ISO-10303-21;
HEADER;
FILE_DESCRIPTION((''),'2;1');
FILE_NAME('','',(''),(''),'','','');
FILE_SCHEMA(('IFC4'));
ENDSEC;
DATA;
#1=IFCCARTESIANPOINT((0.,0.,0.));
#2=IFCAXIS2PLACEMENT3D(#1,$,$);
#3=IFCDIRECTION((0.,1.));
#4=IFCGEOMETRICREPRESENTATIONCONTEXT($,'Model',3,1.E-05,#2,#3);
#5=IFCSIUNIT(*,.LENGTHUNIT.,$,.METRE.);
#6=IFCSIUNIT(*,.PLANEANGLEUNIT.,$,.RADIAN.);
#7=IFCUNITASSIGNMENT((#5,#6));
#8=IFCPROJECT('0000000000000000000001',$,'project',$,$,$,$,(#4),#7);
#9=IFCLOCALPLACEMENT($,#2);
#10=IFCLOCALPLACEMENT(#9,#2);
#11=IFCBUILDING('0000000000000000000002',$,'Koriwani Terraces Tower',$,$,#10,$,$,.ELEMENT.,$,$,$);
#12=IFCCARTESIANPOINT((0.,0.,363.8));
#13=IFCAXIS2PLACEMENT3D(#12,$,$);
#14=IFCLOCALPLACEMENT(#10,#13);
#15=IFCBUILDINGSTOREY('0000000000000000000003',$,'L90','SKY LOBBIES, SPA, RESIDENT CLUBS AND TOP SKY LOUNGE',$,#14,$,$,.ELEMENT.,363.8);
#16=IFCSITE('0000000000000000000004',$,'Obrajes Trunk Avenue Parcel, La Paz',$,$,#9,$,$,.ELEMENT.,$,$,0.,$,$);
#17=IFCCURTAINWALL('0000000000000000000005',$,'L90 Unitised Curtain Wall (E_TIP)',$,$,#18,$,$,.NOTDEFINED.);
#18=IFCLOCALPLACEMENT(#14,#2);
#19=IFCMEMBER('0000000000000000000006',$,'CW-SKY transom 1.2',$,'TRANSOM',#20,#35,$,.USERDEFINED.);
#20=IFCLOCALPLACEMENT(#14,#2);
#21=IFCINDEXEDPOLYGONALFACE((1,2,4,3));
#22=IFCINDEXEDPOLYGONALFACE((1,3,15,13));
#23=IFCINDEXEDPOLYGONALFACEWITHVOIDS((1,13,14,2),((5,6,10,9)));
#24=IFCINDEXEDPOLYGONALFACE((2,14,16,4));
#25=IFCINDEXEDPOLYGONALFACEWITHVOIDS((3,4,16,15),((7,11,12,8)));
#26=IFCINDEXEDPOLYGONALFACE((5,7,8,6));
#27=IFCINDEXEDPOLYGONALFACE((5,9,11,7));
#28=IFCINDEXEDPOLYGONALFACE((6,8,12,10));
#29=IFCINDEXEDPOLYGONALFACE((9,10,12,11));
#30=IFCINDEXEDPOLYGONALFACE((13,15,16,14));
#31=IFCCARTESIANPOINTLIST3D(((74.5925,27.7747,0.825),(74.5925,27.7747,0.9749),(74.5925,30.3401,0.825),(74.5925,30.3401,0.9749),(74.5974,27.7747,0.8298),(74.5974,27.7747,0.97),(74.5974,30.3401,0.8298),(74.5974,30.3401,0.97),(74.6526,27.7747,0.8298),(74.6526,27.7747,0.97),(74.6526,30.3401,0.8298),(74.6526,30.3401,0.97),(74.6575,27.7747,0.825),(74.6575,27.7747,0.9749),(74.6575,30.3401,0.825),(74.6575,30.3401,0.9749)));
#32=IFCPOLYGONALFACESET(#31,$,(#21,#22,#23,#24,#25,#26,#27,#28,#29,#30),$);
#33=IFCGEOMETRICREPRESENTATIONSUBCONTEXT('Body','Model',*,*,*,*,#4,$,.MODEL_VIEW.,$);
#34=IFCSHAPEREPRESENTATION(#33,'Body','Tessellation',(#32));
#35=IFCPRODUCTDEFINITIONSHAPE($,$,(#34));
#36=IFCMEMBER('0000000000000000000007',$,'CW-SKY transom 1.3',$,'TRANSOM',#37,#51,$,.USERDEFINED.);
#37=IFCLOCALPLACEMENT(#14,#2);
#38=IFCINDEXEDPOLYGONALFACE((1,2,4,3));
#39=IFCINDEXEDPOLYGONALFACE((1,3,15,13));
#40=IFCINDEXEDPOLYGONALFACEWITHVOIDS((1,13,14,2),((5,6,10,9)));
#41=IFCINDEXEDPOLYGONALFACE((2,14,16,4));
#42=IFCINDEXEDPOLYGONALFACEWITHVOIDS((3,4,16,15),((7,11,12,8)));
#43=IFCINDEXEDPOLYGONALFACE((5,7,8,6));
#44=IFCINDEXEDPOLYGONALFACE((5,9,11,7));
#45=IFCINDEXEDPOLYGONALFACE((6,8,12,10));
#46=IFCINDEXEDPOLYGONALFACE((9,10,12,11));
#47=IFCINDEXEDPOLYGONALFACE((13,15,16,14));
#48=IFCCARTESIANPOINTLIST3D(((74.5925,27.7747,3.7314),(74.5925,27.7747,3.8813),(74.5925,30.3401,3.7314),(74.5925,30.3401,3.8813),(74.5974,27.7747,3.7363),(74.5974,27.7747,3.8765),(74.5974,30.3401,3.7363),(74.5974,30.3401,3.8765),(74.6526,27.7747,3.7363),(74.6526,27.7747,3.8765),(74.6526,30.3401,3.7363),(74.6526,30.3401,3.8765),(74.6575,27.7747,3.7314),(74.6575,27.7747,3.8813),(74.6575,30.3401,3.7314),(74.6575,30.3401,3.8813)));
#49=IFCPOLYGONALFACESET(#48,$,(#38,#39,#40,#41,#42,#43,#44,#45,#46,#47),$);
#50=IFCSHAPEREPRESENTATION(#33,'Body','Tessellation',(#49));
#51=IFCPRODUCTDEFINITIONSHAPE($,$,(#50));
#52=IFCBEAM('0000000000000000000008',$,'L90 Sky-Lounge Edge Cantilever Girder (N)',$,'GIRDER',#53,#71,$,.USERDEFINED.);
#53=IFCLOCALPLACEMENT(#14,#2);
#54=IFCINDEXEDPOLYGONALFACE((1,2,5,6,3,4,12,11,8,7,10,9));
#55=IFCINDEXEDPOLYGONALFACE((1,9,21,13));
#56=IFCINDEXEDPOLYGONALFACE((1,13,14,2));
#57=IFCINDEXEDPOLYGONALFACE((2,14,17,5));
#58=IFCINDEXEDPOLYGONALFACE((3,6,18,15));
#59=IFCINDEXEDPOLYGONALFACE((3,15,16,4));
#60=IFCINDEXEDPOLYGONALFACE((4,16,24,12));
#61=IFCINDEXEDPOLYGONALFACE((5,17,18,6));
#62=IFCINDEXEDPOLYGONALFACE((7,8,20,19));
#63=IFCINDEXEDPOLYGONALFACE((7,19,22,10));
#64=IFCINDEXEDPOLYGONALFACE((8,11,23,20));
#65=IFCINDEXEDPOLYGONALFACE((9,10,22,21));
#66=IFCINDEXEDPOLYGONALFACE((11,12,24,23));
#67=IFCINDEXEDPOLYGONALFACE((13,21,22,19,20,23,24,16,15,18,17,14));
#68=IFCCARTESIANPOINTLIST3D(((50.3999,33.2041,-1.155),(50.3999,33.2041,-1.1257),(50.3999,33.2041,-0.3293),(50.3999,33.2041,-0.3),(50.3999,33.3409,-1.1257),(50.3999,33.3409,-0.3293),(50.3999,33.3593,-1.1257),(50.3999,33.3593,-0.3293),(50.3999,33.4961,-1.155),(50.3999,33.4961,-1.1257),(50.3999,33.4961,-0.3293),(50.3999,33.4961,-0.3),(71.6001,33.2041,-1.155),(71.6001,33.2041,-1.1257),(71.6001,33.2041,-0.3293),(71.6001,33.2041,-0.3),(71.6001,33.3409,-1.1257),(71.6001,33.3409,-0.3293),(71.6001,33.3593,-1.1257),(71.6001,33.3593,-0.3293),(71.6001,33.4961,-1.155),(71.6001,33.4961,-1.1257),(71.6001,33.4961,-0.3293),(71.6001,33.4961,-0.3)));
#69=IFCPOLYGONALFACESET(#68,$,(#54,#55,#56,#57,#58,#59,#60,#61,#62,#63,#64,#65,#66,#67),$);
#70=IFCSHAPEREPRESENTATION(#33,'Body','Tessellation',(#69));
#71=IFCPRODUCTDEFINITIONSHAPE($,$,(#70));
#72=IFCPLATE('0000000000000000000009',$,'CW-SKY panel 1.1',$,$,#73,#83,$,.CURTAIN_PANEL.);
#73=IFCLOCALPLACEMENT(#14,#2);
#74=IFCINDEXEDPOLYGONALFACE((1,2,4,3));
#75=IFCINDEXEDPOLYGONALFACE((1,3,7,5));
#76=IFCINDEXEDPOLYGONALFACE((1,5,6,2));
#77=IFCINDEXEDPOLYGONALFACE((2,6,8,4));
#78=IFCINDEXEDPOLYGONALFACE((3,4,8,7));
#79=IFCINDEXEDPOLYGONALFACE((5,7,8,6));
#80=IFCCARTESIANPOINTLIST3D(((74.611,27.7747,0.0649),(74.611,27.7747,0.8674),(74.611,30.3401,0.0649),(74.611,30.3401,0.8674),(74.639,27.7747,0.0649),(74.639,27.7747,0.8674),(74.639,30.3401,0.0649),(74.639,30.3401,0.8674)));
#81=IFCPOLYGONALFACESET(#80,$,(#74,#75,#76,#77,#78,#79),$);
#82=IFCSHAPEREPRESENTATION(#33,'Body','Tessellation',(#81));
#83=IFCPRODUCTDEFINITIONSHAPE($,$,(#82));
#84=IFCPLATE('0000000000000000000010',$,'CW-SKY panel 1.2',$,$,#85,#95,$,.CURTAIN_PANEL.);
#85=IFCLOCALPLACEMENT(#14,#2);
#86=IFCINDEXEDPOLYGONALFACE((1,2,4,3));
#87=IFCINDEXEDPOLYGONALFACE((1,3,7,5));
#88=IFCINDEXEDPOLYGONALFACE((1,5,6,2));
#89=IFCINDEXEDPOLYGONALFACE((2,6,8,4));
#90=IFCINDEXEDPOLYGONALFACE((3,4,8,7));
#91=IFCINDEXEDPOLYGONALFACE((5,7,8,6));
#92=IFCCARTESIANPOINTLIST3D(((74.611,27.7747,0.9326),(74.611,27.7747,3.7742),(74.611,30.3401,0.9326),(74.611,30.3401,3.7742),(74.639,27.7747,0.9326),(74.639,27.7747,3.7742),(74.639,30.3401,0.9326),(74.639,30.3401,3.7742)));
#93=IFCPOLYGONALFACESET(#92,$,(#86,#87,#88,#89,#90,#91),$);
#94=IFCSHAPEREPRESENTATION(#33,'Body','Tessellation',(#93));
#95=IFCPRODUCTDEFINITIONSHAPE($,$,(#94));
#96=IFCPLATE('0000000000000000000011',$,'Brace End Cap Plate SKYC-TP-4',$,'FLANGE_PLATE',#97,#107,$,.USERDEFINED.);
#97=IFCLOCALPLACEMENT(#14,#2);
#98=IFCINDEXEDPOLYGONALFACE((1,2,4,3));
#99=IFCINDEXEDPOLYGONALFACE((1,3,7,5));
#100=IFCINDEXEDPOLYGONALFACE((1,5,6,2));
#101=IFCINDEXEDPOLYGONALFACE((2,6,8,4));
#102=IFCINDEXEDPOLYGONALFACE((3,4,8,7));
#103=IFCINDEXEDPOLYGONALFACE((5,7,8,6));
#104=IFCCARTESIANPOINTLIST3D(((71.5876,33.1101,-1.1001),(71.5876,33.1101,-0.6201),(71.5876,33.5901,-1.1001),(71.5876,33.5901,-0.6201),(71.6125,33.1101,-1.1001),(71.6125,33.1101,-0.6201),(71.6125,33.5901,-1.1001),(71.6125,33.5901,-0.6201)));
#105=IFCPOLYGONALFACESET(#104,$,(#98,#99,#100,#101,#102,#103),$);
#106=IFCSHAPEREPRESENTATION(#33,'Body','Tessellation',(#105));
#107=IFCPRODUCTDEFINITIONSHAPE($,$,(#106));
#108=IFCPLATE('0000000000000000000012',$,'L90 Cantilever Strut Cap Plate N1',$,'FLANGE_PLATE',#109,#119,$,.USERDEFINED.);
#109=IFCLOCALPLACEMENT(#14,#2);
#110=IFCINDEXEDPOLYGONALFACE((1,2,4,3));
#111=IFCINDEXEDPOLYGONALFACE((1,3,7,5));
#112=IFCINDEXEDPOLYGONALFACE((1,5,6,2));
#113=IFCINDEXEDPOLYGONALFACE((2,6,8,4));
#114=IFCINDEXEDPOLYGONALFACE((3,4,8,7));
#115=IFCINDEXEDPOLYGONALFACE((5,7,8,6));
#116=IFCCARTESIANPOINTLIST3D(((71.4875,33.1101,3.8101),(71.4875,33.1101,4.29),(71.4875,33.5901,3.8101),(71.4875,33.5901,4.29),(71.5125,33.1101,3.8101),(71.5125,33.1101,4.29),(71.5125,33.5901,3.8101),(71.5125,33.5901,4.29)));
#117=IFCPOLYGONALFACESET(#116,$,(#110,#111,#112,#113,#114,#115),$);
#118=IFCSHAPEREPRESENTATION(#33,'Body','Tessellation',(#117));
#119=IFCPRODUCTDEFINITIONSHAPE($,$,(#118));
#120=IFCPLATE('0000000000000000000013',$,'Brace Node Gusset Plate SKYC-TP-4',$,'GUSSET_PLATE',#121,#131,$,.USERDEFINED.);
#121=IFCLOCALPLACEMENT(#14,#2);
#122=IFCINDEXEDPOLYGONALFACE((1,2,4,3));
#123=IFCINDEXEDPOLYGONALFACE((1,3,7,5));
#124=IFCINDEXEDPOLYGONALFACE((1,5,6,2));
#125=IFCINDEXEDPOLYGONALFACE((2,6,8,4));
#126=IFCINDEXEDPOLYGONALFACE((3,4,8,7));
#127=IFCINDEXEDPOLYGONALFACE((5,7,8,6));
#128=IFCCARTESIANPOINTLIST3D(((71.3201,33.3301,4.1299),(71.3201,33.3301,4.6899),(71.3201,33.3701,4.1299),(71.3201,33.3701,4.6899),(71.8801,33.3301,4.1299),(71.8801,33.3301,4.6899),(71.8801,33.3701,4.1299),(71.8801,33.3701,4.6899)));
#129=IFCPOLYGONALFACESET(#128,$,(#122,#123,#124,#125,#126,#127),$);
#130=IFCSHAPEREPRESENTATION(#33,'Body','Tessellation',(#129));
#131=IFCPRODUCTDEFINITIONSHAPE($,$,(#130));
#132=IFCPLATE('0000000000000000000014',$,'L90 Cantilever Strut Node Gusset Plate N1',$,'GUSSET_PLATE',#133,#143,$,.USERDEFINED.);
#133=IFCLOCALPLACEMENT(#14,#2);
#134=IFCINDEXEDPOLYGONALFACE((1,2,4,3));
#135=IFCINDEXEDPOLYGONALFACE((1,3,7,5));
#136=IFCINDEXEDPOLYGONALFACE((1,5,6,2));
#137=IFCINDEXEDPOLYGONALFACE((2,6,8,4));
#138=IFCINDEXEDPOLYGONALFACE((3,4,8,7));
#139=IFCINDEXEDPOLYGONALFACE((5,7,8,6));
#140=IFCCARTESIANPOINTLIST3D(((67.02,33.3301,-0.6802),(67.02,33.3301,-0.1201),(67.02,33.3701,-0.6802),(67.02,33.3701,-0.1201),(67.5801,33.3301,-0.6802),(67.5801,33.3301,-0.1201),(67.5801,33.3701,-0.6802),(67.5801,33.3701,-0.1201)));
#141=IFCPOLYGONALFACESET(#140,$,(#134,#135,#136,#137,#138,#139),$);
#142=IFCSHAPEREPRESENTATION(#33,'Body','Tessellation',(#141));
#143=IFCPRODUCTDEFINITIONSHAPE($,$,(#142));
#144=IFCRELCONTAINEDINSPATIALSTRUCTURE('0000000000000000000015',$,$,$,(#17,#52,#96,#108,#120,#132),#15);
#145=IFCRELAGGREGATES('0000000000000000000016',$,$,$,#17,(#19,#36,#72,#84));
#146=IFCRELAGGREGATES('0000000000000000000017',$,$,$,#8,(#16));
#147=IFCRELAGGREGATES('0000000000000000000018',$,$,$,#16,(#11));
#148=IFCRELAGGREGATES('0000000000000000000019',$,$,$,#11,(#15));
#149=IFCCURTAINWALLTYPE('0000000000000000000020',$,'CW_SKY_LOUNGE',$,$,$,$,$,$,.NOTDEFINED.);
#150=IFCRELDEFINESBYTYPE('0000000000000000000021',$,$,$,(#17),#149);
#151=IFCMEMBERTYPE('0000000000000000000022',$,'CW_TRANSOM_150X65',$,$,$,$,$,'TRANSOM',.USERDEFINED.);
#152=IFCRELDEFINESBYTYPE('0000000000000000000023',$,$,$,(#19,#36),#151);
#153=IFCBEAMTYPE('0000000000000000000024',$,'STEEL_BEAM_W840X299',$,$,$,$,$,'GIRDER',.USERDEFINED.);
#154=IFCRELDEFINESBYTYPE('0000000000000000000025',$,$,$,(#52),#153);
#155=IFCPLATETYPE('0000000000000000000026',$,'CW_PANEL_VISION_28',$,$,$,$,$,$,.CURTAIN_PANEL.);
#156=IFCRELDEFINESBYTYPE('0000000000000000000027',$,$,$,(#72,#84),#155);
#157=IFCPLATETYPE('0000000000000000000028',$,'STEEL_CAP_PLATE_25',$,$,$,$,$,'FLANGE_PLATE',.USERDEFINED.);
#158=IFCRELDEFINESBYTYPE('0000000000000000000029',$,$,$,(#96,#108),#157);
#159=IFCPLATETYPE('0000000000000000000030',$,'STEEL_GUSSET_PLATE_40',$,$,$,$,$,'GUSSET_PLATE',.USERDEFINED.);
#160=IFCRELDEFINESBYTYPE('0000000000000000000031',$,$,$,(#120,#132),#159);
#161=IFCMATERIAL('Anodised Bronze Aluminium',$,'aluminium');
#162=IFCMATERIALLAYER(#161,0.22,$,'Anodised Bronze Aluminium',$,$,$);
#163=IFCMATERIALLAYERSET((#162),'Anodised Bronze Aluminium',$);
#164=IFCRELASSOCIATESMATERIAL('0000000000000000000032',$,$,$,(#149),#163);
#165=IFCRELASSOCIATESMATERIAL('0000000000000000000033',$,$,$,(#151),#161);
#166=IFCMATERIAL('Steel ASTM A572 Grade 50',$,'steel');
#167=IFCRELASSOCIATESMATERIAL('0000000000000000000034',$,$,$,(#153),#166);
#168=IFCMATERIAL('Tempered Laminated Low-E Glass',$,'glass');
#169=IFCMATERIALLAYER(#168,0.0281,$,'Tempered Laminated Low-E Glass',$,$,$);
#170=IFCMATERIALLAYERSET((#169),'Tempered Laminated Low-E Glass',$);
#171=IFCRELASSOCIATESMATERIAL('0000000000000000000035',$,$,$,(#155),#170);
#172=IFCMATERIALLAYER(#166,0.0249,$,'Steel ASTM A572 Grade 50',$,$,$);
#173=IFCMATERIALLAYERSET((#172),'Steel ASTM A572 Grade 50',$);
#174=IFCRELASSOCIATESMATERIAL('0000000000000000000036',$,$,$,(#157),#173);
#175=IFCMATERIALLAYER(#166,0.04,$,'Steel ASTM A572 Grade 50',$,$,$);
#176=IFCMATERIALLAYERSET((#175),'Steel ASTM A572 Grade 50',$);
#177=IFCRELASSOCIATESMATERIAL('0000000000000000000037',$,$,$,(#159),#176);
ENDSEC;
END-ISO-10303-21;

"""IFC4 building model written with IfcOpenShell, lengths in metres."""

from ifc_helpers import new_model, si_unit, direction, frame, origin, origin_2d, place, context, subcontext, project, spatial, rectangle, hollow_rectangle, i_section, extrude, material, layer, layer_set, material_profile, profile_set, type_object, element, aggregate, save


model = new_model("IFC4")

# Units and contexts
model_context = context("Model", 3, precision=1e-05, world=origin(), true_north=direction((0.0, 1.0)))
body_context = subcontext(model_context, "Body", "Model", "MODEL_VIEW")
ifc_project = project(units=[si_unit("LENGTHUNIT", "METRE"), si_unit("PLANEANGLEUNIT", "RADIAN")], contexts=[model_context])

# Site, building, storey
site_placement = place(None, origin())
site = spatial("IfcSite", under=ifc_project, at=site_placement, Name="Obrajes Trunk Avenue Parcel, La Paz", CompositionType="ELEMENT", RefElevation=0.0)
building_placement = place(site_placement, origin())
building = spatial("IfcBuilding", under=site, at=building_placement, Name="Koriwani Terraces Tower", CompositionType="ELEMENT")
storey_placement = place(building_placement, frame((0.0, 0.0, 363.8)))
storey = spatial("IfcBuildingStorey", under=building, at=storey_placement, Name="L90", Description="SKY LOBBIES, SPA, RESIDENT CLUBS AND TOP SKY LOUNGE", CompositionType="ELEMENT", Elevation=363.8)

# Shared definitions
ifc_material_1 = material(Name="Steel ASTM A572 Grade 50", Category="steel")

# Curtain wall, members
ifc_material_2 = material(Name="Anodised Bronze Aluminium", Category="aluminium")
ifc_layer_1 = layer(ifc_material_2, 0.22, Name="Anodised Bronze Aluminium")
ifc_layer_set_1 = layer_set([ifc_layer_1], Name="Anodised Bronze Aluminium")
curtain_wall_type = type_object("IfcCurtainWallType", Name="CW_SKY_LOUNGE", PredefinedType="NOTDEFINED", material=ifc_layer_set_1)
curtain_wall_placement = place(storey_placement, origin())
curtain_wall = element("IfcCurtainWall", 1, at=curtain_wall_placement, inside=storey, type_object=curtain_wall_type, Name="L90 Unitised Curtain Wall (E_TIP)", PredefinedType="NOTDEFINED")
ifc_material_profile_1 = material_profile(ifc_material_2, hollow_rectangle(XDim=0.0649, YDim=0.1499, WallThickness=0.0049, at=origin_2d()), Name="Anodised Bronze Aluminium", Category="LoadBearing")
ifc_profile_set_1 = profile_set([ifc_material_profile_1], Name="Anodised Bronze Aluminium")
member_type_1 = type_object("IfcMemberType", Name="CW_TRANSOM_150X65", ElementType="TRANSOM", PredefinedType="USERDEFINED", material=ifc_profile_set_1)
member_1_placement = place(storey_placement, frame((74.625, 30.3401, 0.8999), z_axis=(0.0, -1.0, 0.0), x_axis=(1.0, 0.0, 0.0)))
member_1 = element("IfcMember", 2, at=member_1_placement, type_object=member_type_1, Name="CW-SKY transom 1.2", ObjectType="TRANSOM", PredefinedType="USERDEFINED", context=body_context, shape_type="SweptSolid", body=[
    extrude(hollow_rectangle(XDim=0.0649, YDim=0.1499, WallThickness=0.0049, at=origin_2d()), origin(), (0.0, 0.0, 1.0), 2.5654),
])
member_2_placement = place(storey_placement, frame((74.625, 30.3401, 3.8064), z_axis=(0.0, -1.0, 0.0), x_axis=(1.0, 0.0, 0.0)))
member_2 = element("IfcMember", 3, at=member_2_placement, type_object=member_type_1, Name="CW-SKY transom 1.3", ObjectType="TRANSOM", PredefinedType="USERDEFINED", context=body_context, shape_type="SweptSolid", body=[
    extrude(hollow_rectangle(XDim=0.0649, YDim=0.1499, WallThickness=0.0049, at=origin_2d()), origin(), (0.0, 0.0, 1.0), 2.5654),
])

# Beam
ifc_material_profile_2 = material_profile(ifc_material_1, i_section(OverallWidth=0.292, OverallDepth=0.855, WebThickness=0.0183, FlangeThickness=0.0293, at=origin_2d()), Name="Steel ASTM A572 Grade 50", Category="LoadBearing")
ifc_profile_set_2 = profile_set([ifc_material_profile_2], Name="Steel ASTM A572 Grade 50")
beam_type = type_object("IfcBeamType", Name="STEEL_BEAM_W840X299", ElementType="GIRDER", PredefinedType="USERDEFINED", material=ifc_profile_set_2)
beam_placement = place(storey_placement, frame((50.3999, 33.3501, -0.7275), z_axis=(1.0, 0.0, 0.0), x_axis=(0.0, 1.0, 0.0)))
element("IfcBeam", 4, at=beam_placement, inside=storey, type_object=beam_type, Name="L90 Sky-Lounge Edge Cantilever Girder (N)", ObjectType="GIRDER", PredefinedType="USERDEFINED", context=body_context, shape_type="SweptSolid", body=[
    extrude(i_section(OverallWidth=0.292, OverallDepth=0.855, WebThickness=0.0183, FlangeThickness=0.0293, at=origin_2d()), origin(), (0.0, 0.0, 1.0), 21.2002),
])

# Plates
ifc_material_3 = material(Name="Tempered Laminated Low-E Glass", Category="glass")
ifc_layer_2 = layer(ifc_material_3, 0.0281, Name="Tempered Laminated Low-E Glass")
ifc_layer_set_2 = layer_set([ifc_layer_2], Name="Tempered Laminated Low-E Glass")
plate_type_1 = type_object("IfcPlateType", Name="CW_PANEL_VISION_28", PredefinedType="CURTAIN_PANEL", material=ifc_layer_set_2)
plate_1_placement = place(storey_placement, frame((74.625, 29.0574, 0.0649), z_axis=(0.0, 0.0, 1.0), x_axis=(0.0, -1.0, 0.0)))
plate_1 = element("IfcPlate", 5, at=plate_1_placement, type_object=plate_type_1, Name="CW-SKY panel 1.1", PredefinedType="CURTAIN_PANEL", context=body_context, shape_type="SweptSolid", body=[
    extrude(rectangle(XDim=2.5654, YDim=0.0281, at=origin_2d()), origin(), (0.0, 0.0, 1.0), 0.8025),
])
plate_2_placement = place(storey_placement, frame((74.625, 29.0574, 0.9326), z_axis=(0.0, 0.0, 1.0), x_axis=(0.0, -1.0, 0.0)))
plate_2 = element("IfcPlate", 6, at=plate_2_placement, type_object=plate_type_1, Name="CW-SKY panel 1.2", PredefinedType="CURTAIN_PANEL", context=body_context, shape_type="SweptSolid", body=[
    extrude(rectangle(XDim=2.5654, YDim=0.0281, at=origin_2d()), origin(), (0.0, 0.0, 1.0), 2.8416),
])
aggregate(curtain_wall, [member_1, member_2, plate_1, plate_2])

# Plates
ifc_layer_3 = layer(ifc_material_1, 0.0249, Name="Steel ASTM A572 Grade 50")
ifc_layer_set_3 = layer_set([ifc_layer_3], Name="Steel ASTM A572 Grade 50")
plate_type_2 = type_object("IfcPlateType", Name="STEEL_CAP_PLATE_25", ElementType="FLANGE_PLATE", PredefinedType="USERDEFINED", material=ifc_layer_set_3)
for number, where, z_axis, x_axis, name in (
    (7, (71.6001, 33.3501, -1.1001), (0.0, 0.0, 1.0), (1.0, 0.0, 0.0), "Brace End Cap Plate SKYC-TP-4"),
    (8, (71.5, 33.3501, 3.8101), (0.0, 0.0, 1.0), (1.0, 0.0, 0.0), "L90 Cantilever Strut Cap Plate N1"),
):
    element("IfcPlate", number, at=place(storey_placement, frame(where, z_axis=z_axis, x_axis=x_axis)), inside=storey, type_object=plate_type_2, Name=name, ObjectType="FLANGE_PLATE", PredefinedType="USERDEFINED", context=body_context, shape_type="SweptSolid", body=[
        extrude(rectangle(XDim=0.0249, YDim=0.48, at=origin_2d()), origin(), (0.0, 0.0, 1.0), 0.48),
    ])
ifc_layer_4 = layer(ifc_material_1, 0.04, Name="Steel ASTM A572 Grade 50")
ifc_layer_set_4 = layer_set([ifc_layer_4], Name="Steel ASTM A572 Grade 50")
plate_type_3 = type_object("IfcPlateType", Name="STEEL_GUSSET_PLATE_40", ElementType="GUSSET_PLATE", PredefinedType="USERDEFINED", material=ifc_layer_set_4)
for number, where, z_axis, x_axis, name in (
    (9, (71.6001, 33.3501, 4.1299), (0.0, 0.0, 1.0), (1.0, 0.0, 0.0), "Brace Node Gusset Plate SKYC-TP-4"),
    (10, (67.3, 33.3501, -0.6802), (0.0, 0.0, 1.0), (1.0, 0.0, 0.0), "L90 Cantilever Strut Node Gusset Plate N1"),
):
    element("IfcPlate", number, at=place(storey_placement, frame(where, z_axis=z_axis, x_axis=x_axis)), inside=storey, type_object=plate_type_3, Name=name, ObjectType="GUSSET_PLATE", PredefinedType="USERDEFINED", context=body_context, shape_type="SweptSolid", body=[
        extrude(rectangle(XDim=0.5601, YDim=0.04, at=origin_2d()), origin(), (0.0, 0.0, 1.0), 0.5601),
    ])

save(model, "model.ifc")
